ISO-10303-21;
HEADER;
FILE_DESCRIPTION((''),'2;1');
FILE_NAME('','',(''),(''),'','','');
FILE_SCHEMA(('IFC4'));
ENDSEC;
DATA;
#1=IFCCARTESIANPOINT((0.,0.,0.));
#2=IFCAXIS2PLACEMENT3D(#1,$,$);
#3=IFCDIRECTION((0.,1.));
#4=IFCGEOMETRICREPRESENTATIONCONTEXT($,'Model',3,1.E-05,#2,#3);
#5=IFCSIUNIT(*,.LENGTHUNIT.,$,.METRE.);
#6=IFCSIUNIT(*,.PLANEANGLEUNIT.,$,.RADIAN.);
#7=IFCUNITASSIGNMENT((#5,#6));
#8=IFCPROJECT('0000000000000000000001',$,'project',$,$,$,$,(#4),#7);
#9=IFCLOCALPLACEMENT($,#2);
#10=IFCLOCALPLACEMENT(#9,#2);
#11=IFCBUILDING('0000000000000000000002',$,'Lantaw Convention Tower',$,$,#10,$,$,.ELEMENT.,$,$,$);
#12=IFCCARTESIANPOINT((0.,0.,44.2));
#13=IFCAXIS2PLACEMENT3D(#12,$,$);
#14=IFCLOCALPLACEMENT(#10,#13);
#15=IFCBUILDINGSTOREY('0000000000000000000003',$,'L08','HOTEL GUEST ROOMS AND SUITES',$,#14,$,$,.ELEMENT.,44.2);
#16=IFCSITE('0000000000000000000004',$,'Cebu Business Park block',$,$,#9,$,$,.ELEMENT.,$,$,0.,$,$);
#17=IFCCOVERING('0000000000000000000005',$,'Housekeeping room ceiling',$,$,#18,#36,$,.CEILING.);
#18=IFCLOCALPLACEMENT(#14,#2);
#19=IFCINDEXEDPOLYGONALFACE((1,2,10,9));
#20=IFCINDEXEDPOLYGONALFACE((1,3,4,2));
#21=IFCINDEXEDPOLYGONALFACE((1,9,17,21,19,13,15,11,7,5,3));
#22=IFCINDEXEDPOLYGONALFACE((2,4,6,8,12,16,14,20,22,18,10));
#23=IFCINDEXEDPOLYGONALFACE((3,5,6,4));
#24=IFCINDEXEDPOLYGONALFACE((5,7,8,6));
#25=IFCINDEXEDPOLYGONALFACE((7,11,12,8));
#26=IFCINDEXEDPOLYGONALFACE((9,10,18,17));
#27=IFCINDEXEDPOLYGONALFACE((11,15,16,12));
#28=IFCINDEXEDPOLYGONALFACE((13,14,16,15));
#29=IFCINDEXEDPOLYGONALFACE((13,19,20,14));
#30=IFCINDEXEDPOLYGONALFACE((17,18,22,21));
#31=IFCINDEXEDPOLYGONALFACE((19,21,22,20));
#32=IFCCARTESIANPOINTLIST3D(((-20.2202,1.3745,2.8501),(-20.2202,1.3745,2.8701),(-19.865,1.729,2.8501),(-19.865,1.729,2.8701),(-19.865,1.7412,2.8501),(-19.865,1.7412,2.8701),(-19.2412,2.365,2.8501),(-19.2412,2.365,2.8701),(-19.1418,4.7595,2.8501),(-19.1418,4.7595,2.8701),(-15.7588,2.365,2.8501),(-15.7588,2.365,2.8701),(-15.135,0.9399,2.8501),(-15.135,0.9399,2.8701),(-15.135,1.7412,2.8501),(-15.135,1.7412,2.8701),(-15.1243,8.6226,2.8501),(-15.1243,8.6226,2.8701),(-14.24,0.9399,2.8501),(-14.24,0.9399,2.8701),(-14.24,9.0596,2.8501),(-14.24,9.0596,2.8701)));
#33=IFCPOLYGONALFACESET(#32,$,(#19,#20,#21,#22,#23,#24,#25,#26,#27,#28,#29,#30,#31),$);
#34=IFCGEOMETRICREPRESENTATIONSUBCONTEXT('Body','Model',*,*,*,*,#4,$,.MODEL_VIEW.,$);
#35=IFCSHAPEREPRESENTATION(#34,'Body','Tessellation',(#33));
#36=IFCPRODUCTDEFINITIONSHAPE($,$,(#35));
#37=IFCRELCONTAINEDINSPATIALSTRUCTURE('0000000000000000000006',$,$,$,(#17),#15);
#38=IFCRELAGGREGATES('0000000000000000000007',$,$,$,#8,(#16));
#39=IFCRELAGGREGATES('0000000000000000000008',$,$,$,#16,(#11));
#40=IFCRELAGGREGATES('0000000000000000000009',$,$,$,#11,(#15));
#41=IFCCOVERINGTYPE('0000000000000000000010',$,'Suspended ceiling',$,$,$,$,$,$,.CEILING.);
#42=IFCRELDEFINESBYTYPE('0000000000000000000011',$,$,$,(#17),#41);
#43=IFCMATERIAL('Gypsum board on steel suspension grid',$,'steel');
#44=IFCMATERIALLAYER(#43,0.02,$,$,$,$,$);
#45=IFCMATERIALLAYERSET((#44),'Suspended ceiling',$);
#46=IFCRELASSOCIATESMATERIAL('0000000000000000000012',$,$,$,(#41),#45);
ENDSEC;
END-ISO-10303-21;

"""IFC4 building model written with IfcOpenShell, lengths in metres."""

from ifc_helpers import new_model, si_unit, direction, frame, origin, place, context, subcontext, project, spatial, polyline, outline, extrude, material, layer, layer_set, type_object, element, save


model = new_model("IFC4")

# Units and contexts
model_context = context("Model", 3, precision=1e-05, world=origin(), true_north=direction((0.0, 1.0)))
body_context = subcontext(model_context, "Body", "Model", "MODEL_VIEW")
ifc_project = project(units=[si_unit("LENGTHUNIT", "METRE"), si_unit("PLANEANGLEUNIT", "RADIAN")], contexts=[model_context])

# Site, building, storey
site_placement = place(None, origin())
site = spatial("IfcSite", under=ifc_project, at=site_placement, Name="Cebu Business Park block", CompositionType="ELEMENT", RefElevation=0.0)
building_placement = place(site_placement, origin())
building = spatial("IfcBuilding", under=site, at=building_placement, Name="Lantaw Convention Tower", CompositionType="ELEMENT")
storey_placement = place(building_placement, frame((0.0, 0.0, 44.2)))
storey = spatial("IfcBuildingStorey", under=building, at=storey_placement, Name="L08", Description="HOTEL GUEST ROOMS AND SUITES", CompositionType="ELEMENT", Elevation=44.2)

# Covering
ifc_material_1 = material(Name="Gypsum board on steel suspension grid", Category="steel")
ifc_layer_1 = layer(ifc_material_1, 0.02)
ifc_layer_set_1 = layer_set([ifc_layer_1], Name="Suspended ceiling")
covering_type = type_object("IfcCoveringType", Name="Suspended ceiling", PredefinedType="CEILING", material=ifc_layer_set_1)
covering_1_placement = place(storey_placement, frame((0.0, 0.0, 2.8501)))
element("IfcCovering", 1, at=covering_1_placement, inside=storey, type_object=covering_type, Name="Housekeeping room ceiling", PredefinedType="CEILING", context=body_context, shape_type="SweptSolid", body=[
    extrude(outline(polyline([(-19.865, 1.729), (-19.865, 1.7412), (-19.2412, 2.365), (-15.7588, 2.365), (-15.135, 1.7412), (-15.135, 0.9399), (-14.24, 0.9399), (-14.24, 9.0596), (-15.1243, 8.6226), (-19.1418, 4.7595), (-20.2202, 1.3745), (-19.865, 1.729)])), origin(), (0.0, 0.0, 1.0), 0.02),
])

save(model, "model.ifc")
